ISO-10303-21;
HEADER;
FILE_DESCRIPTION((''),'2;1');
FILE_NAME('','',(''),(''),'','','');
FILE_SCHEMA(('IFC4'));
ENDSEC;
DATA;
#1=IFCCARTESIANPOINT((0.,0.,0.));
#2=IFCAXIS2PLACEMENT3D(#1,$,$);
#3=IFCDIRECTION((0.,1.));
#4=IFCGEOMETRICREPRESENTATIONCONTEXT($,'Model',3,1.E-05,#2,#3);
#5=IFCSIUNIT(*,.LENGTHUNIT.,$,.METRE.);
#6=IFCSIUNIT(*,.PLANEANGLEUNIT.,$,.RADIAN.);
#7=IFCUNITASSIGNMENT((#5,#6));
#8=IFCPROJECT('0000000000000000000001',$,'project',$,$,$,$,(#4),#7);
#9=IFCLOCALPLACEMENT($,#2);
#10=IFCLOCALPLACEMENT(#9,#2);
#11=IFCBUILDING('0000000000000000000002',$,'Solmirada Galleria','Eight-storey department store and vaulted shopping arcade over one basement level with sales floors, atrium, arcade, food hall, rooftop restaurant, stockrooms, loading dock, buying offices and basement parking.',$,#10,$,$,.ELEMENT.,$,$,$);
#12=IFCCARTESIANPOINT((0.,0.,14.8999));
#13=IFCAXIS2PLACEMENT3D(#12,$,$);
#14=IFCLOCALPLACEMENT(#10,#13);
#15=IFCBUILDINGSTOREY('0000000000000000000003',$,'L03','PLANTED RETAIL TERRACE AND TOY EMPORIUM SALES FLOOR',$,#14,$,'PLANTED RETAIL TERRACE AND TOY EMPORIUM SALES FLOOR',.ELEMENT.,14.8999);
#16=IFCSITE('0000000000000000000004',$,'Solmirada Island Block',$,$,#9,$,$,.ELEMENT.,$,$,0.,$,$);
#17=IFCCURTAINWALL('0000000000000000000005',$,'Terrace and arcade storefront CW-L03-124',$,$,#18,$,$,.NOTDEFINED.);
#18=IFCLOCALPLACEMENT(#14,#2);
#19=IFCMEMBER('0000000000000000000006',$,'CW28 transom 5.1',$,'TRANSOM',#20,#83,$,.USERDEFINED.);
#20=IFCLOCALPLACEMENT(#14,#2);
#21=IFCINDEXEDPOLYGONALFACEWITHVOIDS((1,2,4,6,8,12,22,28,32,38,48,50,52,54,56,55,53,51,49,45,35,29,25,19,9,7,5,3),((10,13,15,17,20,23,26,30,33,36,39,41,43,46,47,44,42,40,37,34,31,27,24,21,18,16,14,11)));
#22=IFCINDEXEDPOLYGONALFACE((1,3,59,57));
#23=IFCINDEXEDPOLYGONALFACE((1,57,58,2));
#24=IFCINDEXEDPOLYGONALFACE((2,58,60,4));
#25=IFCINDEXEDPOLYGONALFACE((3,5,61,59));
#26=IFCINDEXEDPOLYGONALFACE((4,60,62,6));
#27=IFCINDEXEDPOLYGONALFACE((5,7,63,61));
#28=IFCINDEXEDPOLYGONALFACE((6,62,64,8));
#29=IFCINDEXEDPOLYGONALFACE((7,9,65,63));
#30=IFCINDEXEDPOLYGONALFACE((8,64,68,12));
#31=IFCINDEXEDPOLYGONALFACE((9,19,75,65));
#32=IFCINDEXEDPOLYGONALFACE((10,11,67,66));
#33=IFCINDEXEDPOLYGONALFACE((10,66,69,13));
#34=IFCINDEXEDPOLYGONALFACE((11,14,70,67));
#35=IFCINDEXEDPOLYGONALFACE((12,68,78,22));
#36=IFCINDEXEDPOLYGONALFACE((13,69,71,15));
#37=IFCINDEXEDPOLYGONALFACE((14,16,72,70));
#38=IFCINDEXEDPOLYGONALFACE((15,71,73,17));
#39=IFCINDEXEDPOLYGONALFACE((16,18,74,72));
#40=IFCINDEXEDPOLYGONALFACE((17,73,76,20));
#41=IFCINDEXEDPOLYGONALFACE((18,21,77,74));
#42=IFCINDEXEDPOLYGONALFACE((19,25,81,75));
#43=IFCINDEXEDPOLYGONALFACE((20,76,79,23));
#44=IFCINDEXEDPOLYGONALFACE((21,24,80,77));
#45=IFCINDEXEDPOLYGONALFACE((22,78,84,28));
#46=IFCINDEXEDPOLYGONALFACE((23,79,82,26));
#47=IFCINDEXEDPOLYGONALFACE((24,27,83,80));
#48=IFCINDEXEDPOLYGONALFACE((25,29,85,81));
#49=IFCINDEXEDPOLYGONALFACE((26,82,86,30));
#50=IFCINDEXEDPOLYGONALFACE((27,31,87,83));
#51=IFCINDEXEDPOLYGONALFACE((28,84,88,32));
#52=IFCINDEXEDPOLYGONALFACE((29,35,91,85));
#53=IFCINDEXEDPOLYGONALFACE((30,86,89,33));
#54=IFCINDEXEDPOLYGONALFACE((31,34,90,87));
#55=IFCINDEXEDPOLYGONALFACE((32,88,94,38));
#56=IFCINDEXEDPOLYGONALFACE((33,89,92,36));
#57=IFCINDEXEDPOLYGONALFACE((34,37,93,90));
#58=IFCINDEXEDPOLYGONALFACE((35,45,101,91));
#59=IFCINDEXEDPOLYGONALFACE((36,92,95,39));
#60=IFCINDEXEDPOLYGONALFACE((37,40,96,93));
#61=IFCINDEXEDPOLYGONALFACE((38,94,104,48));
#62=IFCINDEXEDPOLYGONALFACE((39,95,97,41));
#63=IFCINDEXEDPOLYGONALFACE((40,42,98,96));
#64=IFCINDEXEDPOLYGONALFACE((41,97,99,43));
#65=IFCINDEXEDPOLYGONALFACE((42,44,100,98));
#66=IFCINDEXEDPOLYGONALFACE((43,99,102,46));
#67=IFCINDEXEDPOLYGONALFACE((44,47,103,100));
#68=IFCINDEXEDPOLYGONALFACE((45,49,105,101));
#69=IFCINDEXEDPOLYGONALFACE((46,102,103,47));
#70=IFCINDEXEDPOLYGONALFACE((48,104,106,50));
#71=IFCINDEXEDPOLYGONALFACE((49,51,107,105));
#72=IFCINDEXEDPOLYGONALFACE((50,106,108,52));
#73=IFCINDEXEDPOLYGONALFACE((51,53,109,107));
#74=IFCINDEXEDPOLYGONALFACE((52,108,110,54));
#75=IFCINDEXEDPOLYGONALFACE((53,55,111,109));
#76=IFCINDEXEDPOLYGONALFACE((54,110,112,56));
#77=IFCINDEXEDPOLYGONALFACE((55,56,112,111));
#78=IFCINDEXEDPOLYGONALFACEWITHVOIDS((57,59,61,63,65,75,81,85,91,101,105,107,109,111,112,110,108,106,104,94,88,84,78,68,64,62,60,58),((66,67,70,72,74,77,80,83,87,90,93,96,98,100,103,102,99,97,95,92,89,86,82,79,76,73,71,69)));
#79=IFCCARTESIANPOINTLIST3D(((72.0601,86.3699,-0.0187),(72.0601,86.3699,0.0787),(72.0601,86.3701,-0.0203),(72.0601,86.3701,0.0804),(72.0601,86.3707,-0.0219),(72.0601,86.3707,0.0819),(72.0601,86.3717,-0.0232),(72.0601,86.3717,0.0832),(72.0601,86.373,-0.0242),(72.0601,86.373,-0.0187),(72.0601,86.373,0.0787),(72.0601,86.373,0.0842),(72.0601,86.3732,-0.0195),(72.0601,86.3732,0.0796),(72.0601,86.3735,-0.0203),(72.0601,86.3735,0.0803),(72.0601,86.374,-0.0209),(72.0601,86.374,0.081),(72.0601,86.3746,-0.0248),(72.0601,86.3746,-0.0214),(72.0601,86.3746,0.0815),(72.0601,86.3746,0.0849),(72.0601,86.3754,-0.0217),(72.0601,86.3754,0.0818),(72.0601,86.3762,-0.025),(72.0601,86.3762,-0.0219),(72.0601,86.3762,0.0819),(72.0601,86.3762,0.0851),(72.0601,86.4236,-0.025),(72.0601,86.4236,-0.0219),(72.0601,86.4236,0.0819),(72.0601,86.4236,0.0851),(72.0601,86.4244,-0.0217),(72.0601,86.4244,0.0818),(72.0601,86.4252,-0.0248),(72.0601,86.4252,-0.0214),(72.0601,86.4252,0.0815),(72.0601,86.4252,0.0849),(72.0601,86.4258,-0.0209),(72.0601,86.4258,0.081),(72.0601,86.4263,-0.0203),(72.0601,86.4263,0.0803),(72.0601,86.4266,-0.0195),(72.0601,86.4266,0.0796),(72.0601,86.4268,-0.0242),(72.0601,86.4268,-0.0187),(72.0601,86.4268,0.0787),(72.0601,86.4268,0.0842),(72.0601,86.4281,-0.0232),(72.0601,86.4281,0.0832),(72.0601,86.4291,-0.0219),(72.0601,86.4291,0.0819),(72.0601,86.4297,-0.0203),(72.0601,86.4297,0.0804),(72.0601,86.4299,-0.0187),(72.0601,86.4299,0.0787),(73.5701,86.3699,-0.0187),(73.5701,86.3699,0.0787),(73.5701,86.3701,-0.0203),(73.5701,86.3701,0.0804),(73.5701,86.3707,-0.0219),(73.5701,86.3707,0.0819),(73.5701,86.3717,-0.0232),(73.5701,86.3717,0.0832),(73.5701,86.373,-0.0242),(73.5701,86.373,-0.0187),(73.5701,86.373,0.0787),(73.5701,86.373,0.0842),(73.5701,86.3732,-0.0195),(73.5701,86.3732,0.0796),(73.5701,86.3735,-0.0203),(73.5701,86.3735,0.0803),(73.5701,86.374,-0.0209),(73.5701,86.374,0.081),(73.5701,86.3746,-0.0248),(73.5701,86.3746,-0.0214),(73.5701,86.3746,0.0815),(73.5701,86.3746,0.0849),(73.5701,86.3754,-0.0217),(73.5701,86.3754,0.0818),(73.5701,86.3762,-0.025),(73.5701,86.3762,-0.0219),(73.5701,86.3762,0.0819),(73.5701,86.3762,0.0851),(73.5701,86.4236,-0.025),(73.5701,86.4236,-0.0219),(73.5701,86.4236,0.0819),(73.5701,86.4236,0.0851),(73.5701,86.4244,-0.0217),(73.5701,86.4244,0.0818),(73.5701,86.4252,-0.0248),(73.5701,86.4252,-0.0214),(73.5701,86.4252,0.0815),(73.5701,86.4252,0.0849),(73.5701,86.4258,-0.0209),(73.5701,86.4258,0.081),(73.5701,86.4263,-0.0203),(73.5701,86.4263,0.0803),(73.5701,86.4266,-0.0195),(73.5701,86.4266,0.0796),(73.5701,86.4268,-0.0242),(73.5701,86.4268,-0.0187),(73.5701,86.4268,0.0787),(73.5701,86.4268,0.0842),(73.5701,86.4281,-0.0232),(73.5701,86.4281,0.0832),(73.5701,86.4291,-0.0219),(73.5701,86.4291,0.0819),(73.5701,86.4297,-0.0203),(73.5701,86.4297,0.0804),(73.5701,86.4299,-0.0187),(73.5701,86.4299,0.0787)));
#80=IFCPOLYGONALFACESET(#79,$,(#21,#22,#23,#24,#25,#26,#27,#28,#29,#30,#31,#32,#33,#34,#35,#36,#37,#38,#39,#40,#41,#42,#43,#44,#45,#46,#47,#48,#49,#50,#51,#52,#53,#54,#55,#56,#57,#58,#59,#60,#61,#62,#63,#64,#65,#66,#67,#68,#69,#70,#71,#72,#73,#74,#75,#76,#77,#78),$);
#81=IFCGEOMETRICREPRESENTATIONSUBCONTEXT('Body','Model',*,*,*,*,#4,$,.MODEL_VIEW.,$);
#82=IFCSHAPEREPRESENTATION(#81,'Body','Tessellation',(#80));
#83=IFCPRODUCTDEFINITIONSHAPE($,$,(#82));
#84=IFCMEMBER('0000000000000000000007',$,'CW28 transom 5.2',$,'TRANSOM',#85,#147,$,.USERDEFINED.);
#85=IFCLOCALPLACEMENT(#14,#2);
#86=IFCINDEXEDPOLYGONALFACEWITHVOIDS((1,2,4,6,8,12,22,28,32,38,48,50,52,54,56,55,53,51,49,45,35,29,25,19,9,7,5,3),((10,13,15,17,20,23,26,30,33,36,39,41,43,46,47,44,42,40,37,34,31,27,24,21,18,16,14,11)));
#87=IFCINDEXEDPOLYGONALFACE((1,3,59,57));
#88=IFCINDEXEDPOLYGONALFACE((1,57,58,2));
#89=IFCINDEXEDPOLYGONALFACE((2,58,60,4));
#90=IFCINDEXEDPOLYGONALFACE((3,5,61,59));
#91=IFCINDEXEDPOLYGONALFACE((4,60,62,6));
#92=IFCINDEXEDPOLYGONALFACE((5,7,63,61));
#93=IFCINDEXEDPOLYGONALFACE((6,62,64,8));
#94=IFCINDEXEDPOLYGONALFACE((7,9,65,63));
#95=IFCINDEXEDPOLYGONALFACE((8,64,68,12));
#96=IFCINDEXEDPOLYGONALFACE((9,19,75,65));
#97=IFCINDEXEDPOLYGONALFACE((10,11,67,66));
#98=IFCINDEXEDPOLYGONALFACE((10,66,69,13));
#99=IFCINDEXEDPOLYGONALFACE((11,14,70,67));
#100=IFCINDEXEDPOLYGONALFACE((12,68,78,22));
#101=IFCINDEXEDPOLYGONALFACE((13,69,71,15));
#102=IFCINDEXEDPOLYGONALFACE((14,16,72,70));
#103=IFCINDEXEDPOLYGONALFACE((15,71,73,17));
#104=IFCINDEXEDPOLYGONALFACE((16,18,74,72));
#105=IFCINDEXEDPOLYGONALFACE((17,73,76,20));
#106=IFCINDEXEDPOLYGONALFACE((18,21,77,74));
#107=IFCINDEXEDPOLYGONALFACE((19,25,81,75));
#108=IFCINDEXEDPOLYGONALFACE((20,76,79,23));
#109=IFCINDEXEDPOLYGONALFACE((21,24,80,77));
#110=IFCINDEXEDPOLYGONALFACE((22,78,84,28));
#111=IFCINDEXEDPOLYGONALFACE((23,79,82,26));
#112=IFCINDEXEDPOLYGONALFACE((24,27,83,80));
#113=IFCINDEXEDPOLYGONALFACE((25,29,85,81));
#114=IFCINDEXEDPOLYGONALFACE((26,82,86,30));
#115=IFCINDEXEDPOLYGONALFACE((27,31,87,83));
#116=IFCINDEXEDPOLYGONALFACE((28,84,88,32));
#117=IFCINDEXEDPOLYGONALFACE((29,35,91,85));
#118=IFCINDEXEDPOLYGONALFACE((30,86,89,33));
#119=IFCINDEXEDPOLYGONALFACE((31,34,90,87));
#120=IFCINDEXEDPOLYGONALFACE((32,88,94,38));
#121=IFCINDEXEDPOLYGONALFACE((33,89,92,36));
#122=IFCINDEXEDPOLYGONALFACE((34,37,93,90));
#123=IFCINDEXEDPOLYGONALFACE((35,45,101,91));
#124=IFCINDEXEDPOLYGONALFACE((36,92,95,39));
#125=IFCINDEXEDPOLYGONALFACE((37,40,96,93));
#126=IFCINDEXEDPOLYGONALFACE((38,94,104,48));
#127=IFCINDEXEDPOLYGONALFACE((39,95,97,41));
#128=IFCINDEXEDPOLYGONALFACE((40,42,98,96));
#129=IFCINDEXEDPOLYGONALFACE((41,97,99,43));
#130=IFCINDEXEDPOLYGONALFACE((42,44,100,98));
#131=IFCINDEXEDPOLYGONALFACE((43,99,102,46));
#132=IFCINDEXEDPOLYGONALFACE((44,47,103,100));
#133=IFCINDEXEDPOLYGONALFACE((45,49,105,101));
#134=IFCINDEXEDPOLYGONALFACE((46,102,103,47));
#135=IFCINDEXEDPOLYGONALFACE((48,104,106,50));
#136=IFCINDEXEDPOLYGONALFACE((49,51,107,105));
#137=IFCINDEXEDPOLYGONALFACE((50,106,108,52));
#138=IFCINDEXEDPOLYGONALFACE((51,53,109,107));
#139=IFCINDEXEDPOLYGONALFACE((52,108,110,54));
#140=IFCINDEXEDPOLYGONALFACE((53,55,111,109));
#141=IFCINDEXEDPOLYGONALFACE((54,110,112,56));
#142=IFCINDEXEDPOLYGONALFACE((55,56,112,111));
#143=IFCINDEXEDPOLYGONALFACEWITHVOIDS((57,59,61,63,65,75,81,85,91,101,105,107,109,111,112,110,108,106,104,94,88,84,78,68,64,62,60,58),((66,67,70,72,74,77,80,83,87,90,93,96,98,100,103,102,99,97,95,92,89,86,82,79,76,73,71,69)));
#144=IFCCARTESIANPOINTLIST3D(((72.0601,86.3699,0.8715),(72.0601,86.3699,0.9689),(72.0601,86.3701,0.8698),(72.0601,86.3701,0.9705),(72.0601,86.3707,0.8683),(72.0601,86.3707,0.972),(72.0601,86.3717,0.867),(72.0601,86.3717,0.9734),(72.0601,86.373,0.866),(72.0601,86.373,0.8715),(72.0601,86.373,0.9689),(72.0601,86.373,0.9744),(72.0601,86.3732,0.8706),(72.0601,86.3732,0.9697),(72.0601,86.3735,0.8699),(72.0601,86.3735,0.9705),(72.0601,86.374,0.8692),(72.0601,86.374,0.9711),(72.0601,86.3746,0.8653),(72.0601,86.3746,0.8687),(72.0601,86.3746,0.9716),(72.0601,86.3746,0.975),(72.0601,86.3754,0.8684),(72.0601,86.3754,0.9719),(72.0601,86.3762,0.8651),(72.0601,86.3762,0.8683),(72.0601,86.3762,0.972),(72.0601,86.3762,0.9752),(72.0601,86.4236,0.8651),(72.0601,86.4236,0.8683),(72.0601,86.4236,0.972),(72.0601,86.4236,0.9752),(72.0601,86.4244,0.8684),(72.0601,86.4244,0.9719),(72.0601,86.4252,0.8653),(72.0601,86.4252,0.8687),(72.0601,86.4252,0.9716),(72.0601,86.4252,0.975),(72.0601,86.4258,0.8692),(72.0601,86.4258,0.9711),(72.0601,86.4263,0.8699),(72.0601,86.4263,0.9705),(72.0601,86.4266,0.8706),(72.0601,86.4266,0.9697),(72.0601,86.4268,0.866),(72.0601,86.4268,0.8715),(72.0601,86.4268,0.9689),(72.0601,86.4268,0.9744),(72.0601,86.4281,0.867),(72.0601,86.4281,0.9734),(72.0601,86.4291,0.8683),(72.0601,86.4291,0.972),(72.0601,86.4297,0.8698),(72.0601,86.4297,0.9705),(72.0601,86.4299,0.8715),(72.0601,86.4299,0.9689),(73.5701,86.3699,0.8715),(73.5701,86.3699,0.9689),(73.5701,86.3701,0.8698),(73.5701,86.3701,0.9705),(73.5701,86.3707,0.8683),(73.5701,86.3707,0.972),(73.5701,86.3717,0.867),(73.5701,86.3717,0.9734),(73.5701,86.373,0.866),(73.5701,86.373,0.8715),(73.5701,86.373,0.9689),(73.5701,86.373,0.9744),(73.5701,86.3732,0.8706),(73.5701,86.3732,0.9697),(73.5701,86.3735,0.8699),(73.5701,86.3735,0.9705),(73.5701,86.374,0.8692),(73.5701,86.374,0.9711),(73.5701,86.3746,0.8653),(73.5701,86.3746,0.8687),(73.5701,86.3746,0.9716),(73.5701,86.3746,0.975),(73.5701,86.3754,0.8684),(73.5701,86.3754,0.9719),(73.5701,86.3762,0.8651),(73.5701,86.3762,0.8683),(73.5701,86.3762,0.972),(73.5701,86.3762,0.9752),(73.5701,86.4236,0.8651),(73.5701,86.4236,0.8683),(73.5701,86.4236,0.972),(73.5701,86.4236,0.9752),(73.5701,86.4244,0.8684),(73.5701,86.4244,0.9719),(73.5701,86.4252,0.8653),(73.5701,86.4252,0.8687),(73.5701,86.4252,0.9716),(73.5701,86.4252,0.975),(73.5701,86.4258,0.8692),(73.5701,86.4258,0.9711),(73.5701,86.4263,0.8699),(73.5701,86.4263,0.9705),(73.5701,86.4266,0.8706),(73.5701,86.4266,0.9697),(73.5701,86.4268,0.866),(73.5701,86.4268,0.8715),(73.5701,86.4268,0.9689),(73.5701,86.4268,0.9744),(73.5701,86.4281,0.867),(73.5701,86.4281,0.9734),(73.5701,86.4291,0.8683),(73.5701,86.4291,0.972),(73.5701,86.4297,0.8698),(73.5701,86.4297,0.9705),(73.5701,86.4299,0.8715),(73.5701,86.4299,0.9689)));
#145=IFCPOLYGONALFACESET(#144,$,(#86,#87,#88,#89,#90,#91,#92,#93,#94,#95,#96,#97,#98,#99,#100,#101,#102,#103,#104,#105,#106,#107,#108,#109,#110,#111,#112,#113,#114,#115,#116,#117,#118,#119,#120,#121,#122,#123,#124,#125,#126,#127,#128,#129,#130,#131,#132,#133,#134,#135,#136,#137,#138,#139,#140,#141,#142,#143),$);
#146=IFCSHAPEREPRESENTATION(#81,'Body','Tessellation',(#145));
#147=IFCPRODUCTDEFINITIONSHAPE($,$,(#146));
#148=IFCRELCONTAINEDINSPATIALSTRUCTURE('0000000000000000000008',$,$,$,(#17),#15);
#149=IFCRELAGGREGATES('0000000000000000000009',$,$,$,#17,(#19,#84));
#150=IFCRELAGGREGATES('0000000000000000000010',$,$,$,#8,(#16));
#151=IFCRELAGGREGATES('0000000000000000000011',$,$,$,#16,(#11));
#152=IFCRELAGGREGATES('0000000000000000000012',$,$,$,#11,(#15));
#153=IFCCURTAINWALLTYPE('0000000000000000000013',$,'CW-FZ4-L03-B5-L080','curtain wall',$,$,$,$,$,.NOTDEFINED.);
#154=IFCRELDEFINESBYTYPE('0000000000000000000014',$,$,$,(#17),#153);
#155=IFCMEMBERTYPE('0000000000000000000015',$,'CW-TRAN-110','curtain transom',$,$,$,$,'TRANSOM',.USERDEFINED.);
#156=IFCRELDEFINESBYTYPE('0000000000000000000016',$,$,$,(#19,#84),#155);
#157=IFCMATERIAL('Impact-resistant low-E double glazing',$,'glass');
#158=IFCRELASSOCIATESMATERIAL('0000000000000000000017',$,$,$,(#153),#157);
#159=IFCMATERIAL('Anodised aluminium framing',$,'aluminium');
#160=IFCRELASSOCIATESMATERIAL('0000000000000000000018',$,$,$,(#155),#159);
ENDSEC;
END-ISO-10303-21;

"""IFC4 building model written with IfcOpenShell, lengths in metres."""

from ifc_helpers import new_model, si_unit, direction, frame, origin, origin_2d, place, context, subcontext, project, spatial, hollow_rectangle, extrude, material, material_profile, profile_set, type_object, element, aggregate, save


model = new_model("IFC4")

# Units and contexts
model_context = context("Model", 3, precision=1e-05, world=origin(), true_north=direction((0.0, 1.0)))
body_context = subcontext(model_context, "Body", "Model", "MODEL_VIEW")
ifc_project = project(units=[si_unit("LENGTHUNIT", "METRE"), si_unit("PLANEANGLEUNIT", "RADIAN")], contexts=[model_context])

# Site, building, storey
site_placement = place(None, origin())
site = spatial("IfcSite", under=ifc_project, at=site_placement, Name="Solmirada Island Block", CompositionType="ELEMENT", RefElevation=0.0)
building_placement = place(site_placement, origin())
building = spatial("IfcBuilding", under=site, at=building_placement, Name="Solmirada Galleria", Description="Eight-storey department store and vaulted shopping arcade over one basement level with sales floors, atrium, arcade, food hall, rooftop restaurant, stockrooms, loading dock, buying offices and basement parking.", CompositionType="ELEMENT")
storey_placement = place(building_placement, frame((0.0, 0.0, 14.8999)))
storey = spatial("IfcBuildingStorey", under=building, at=storey_placement, Name="L03", Description="PLANTED RETAIL TERRACE AND TOY EMPORIUM SALES FLOOR", LongName="PLANTED RETAIL TERRACE AND TOY EMPORIUM SALES FLOOR", CompositionType="ELEMENT", Elevation=14.8999)

# Curtain wall
ifc_material_1 = material(Name="Impact-resistant low-E double glazing", Category="glass")
curtain_wall_type = type_object("IfcCurtainWallType", Name="CW-FZ4-L03-B5-L080", Description="curtain wall", PredefinedType="NOTDEFINED", material=ifc_material_1)
curtain_wall_1_placement = place(storey_placement, origin())
curtain_wall_1 = element("IfcCurtainWall", 1, at=curtain_wall_1_placement, inside=storey, type_object=curtain_wall_type, Name="Terrace and arcade storefront CW-L03-124", PredefinedType="NOTDEFINED")
ifc_material_2 = material(Name="Anodised aluminium framing", Category="aluminium")

# Members
ifc_material_profile_1 = material_profile(ifc_material_2, hollow_rectangle(XDim=0.0601, YDim=0.1101, WallThickness=0.0032, InnerFilletRadius=0.0032, OuterFilletRadius=0.0063, at=origin_2d()), Name="ALU-TRAN-110X60")
ifc_profile_set_1 = profile_set([ifc_material_profile_1], Name="Anodised aluminium framing")
member_type_1 = type_object("IfcMemberType", Name="CW-TRAN-110", Description="curtain transom", ElementType="TRANSOM", PredefinedType="USERDEFINED", material=ifc_profile_set_1)
member_1_placement = place(storey_placement, frame((73.5701, 86.3999, 0.03), z_axis=(-1.0, 0.0, 0.0), x_axis=(0.0, -1.0, 0.0)))
member_1 = element("IfcMember", 2, at=member_1_placement, type_object=member_type_1, Name="CW28 transom 5.1", ObjectType="TRANSOM", PredefinedType="USERDEFINED", context=body_context, shape_type="SweptSolid", body=[
    extrude(hollow_rectangle(XDim=0.0601, YDim=0.1101, WallThickness=0.0032, InnerFilletRadius=0.0032, OuterFilletRadius=0.0063, at=origin_2d()), origin(), (0.0, 0.0, 1.0), 1.51),
])
member_2_placement = place(storey_placement, frame((73.5701, 86.3999, 0.9202), z_axis=(-1.0, 0.0, 0.0), x_axis=(0.0, -1.0, 0.0)))
member_2 = element("IfcMember", 3, at=member_2_placement, type_object=member_type_1, Name="CW28 transom 5.2", ObjectType="TRANSOM", PredefinedType="USERDEFINED", context=body_context, shape_type="SweptSolid", body=[
    extrude(hollow_rectangle(XDim=0.0601, YDim=0.1101, WallThickness=0.0032, InnerFilletRadius=0.0032, OuterFilletRadius=0.0063, at=origin_2d()), origin(), (0.0, 0.0, 1.0), 1.51),
])

aggregate(curtain_wall_1, [member_1, member_2])

save(model, "model.ifc")
